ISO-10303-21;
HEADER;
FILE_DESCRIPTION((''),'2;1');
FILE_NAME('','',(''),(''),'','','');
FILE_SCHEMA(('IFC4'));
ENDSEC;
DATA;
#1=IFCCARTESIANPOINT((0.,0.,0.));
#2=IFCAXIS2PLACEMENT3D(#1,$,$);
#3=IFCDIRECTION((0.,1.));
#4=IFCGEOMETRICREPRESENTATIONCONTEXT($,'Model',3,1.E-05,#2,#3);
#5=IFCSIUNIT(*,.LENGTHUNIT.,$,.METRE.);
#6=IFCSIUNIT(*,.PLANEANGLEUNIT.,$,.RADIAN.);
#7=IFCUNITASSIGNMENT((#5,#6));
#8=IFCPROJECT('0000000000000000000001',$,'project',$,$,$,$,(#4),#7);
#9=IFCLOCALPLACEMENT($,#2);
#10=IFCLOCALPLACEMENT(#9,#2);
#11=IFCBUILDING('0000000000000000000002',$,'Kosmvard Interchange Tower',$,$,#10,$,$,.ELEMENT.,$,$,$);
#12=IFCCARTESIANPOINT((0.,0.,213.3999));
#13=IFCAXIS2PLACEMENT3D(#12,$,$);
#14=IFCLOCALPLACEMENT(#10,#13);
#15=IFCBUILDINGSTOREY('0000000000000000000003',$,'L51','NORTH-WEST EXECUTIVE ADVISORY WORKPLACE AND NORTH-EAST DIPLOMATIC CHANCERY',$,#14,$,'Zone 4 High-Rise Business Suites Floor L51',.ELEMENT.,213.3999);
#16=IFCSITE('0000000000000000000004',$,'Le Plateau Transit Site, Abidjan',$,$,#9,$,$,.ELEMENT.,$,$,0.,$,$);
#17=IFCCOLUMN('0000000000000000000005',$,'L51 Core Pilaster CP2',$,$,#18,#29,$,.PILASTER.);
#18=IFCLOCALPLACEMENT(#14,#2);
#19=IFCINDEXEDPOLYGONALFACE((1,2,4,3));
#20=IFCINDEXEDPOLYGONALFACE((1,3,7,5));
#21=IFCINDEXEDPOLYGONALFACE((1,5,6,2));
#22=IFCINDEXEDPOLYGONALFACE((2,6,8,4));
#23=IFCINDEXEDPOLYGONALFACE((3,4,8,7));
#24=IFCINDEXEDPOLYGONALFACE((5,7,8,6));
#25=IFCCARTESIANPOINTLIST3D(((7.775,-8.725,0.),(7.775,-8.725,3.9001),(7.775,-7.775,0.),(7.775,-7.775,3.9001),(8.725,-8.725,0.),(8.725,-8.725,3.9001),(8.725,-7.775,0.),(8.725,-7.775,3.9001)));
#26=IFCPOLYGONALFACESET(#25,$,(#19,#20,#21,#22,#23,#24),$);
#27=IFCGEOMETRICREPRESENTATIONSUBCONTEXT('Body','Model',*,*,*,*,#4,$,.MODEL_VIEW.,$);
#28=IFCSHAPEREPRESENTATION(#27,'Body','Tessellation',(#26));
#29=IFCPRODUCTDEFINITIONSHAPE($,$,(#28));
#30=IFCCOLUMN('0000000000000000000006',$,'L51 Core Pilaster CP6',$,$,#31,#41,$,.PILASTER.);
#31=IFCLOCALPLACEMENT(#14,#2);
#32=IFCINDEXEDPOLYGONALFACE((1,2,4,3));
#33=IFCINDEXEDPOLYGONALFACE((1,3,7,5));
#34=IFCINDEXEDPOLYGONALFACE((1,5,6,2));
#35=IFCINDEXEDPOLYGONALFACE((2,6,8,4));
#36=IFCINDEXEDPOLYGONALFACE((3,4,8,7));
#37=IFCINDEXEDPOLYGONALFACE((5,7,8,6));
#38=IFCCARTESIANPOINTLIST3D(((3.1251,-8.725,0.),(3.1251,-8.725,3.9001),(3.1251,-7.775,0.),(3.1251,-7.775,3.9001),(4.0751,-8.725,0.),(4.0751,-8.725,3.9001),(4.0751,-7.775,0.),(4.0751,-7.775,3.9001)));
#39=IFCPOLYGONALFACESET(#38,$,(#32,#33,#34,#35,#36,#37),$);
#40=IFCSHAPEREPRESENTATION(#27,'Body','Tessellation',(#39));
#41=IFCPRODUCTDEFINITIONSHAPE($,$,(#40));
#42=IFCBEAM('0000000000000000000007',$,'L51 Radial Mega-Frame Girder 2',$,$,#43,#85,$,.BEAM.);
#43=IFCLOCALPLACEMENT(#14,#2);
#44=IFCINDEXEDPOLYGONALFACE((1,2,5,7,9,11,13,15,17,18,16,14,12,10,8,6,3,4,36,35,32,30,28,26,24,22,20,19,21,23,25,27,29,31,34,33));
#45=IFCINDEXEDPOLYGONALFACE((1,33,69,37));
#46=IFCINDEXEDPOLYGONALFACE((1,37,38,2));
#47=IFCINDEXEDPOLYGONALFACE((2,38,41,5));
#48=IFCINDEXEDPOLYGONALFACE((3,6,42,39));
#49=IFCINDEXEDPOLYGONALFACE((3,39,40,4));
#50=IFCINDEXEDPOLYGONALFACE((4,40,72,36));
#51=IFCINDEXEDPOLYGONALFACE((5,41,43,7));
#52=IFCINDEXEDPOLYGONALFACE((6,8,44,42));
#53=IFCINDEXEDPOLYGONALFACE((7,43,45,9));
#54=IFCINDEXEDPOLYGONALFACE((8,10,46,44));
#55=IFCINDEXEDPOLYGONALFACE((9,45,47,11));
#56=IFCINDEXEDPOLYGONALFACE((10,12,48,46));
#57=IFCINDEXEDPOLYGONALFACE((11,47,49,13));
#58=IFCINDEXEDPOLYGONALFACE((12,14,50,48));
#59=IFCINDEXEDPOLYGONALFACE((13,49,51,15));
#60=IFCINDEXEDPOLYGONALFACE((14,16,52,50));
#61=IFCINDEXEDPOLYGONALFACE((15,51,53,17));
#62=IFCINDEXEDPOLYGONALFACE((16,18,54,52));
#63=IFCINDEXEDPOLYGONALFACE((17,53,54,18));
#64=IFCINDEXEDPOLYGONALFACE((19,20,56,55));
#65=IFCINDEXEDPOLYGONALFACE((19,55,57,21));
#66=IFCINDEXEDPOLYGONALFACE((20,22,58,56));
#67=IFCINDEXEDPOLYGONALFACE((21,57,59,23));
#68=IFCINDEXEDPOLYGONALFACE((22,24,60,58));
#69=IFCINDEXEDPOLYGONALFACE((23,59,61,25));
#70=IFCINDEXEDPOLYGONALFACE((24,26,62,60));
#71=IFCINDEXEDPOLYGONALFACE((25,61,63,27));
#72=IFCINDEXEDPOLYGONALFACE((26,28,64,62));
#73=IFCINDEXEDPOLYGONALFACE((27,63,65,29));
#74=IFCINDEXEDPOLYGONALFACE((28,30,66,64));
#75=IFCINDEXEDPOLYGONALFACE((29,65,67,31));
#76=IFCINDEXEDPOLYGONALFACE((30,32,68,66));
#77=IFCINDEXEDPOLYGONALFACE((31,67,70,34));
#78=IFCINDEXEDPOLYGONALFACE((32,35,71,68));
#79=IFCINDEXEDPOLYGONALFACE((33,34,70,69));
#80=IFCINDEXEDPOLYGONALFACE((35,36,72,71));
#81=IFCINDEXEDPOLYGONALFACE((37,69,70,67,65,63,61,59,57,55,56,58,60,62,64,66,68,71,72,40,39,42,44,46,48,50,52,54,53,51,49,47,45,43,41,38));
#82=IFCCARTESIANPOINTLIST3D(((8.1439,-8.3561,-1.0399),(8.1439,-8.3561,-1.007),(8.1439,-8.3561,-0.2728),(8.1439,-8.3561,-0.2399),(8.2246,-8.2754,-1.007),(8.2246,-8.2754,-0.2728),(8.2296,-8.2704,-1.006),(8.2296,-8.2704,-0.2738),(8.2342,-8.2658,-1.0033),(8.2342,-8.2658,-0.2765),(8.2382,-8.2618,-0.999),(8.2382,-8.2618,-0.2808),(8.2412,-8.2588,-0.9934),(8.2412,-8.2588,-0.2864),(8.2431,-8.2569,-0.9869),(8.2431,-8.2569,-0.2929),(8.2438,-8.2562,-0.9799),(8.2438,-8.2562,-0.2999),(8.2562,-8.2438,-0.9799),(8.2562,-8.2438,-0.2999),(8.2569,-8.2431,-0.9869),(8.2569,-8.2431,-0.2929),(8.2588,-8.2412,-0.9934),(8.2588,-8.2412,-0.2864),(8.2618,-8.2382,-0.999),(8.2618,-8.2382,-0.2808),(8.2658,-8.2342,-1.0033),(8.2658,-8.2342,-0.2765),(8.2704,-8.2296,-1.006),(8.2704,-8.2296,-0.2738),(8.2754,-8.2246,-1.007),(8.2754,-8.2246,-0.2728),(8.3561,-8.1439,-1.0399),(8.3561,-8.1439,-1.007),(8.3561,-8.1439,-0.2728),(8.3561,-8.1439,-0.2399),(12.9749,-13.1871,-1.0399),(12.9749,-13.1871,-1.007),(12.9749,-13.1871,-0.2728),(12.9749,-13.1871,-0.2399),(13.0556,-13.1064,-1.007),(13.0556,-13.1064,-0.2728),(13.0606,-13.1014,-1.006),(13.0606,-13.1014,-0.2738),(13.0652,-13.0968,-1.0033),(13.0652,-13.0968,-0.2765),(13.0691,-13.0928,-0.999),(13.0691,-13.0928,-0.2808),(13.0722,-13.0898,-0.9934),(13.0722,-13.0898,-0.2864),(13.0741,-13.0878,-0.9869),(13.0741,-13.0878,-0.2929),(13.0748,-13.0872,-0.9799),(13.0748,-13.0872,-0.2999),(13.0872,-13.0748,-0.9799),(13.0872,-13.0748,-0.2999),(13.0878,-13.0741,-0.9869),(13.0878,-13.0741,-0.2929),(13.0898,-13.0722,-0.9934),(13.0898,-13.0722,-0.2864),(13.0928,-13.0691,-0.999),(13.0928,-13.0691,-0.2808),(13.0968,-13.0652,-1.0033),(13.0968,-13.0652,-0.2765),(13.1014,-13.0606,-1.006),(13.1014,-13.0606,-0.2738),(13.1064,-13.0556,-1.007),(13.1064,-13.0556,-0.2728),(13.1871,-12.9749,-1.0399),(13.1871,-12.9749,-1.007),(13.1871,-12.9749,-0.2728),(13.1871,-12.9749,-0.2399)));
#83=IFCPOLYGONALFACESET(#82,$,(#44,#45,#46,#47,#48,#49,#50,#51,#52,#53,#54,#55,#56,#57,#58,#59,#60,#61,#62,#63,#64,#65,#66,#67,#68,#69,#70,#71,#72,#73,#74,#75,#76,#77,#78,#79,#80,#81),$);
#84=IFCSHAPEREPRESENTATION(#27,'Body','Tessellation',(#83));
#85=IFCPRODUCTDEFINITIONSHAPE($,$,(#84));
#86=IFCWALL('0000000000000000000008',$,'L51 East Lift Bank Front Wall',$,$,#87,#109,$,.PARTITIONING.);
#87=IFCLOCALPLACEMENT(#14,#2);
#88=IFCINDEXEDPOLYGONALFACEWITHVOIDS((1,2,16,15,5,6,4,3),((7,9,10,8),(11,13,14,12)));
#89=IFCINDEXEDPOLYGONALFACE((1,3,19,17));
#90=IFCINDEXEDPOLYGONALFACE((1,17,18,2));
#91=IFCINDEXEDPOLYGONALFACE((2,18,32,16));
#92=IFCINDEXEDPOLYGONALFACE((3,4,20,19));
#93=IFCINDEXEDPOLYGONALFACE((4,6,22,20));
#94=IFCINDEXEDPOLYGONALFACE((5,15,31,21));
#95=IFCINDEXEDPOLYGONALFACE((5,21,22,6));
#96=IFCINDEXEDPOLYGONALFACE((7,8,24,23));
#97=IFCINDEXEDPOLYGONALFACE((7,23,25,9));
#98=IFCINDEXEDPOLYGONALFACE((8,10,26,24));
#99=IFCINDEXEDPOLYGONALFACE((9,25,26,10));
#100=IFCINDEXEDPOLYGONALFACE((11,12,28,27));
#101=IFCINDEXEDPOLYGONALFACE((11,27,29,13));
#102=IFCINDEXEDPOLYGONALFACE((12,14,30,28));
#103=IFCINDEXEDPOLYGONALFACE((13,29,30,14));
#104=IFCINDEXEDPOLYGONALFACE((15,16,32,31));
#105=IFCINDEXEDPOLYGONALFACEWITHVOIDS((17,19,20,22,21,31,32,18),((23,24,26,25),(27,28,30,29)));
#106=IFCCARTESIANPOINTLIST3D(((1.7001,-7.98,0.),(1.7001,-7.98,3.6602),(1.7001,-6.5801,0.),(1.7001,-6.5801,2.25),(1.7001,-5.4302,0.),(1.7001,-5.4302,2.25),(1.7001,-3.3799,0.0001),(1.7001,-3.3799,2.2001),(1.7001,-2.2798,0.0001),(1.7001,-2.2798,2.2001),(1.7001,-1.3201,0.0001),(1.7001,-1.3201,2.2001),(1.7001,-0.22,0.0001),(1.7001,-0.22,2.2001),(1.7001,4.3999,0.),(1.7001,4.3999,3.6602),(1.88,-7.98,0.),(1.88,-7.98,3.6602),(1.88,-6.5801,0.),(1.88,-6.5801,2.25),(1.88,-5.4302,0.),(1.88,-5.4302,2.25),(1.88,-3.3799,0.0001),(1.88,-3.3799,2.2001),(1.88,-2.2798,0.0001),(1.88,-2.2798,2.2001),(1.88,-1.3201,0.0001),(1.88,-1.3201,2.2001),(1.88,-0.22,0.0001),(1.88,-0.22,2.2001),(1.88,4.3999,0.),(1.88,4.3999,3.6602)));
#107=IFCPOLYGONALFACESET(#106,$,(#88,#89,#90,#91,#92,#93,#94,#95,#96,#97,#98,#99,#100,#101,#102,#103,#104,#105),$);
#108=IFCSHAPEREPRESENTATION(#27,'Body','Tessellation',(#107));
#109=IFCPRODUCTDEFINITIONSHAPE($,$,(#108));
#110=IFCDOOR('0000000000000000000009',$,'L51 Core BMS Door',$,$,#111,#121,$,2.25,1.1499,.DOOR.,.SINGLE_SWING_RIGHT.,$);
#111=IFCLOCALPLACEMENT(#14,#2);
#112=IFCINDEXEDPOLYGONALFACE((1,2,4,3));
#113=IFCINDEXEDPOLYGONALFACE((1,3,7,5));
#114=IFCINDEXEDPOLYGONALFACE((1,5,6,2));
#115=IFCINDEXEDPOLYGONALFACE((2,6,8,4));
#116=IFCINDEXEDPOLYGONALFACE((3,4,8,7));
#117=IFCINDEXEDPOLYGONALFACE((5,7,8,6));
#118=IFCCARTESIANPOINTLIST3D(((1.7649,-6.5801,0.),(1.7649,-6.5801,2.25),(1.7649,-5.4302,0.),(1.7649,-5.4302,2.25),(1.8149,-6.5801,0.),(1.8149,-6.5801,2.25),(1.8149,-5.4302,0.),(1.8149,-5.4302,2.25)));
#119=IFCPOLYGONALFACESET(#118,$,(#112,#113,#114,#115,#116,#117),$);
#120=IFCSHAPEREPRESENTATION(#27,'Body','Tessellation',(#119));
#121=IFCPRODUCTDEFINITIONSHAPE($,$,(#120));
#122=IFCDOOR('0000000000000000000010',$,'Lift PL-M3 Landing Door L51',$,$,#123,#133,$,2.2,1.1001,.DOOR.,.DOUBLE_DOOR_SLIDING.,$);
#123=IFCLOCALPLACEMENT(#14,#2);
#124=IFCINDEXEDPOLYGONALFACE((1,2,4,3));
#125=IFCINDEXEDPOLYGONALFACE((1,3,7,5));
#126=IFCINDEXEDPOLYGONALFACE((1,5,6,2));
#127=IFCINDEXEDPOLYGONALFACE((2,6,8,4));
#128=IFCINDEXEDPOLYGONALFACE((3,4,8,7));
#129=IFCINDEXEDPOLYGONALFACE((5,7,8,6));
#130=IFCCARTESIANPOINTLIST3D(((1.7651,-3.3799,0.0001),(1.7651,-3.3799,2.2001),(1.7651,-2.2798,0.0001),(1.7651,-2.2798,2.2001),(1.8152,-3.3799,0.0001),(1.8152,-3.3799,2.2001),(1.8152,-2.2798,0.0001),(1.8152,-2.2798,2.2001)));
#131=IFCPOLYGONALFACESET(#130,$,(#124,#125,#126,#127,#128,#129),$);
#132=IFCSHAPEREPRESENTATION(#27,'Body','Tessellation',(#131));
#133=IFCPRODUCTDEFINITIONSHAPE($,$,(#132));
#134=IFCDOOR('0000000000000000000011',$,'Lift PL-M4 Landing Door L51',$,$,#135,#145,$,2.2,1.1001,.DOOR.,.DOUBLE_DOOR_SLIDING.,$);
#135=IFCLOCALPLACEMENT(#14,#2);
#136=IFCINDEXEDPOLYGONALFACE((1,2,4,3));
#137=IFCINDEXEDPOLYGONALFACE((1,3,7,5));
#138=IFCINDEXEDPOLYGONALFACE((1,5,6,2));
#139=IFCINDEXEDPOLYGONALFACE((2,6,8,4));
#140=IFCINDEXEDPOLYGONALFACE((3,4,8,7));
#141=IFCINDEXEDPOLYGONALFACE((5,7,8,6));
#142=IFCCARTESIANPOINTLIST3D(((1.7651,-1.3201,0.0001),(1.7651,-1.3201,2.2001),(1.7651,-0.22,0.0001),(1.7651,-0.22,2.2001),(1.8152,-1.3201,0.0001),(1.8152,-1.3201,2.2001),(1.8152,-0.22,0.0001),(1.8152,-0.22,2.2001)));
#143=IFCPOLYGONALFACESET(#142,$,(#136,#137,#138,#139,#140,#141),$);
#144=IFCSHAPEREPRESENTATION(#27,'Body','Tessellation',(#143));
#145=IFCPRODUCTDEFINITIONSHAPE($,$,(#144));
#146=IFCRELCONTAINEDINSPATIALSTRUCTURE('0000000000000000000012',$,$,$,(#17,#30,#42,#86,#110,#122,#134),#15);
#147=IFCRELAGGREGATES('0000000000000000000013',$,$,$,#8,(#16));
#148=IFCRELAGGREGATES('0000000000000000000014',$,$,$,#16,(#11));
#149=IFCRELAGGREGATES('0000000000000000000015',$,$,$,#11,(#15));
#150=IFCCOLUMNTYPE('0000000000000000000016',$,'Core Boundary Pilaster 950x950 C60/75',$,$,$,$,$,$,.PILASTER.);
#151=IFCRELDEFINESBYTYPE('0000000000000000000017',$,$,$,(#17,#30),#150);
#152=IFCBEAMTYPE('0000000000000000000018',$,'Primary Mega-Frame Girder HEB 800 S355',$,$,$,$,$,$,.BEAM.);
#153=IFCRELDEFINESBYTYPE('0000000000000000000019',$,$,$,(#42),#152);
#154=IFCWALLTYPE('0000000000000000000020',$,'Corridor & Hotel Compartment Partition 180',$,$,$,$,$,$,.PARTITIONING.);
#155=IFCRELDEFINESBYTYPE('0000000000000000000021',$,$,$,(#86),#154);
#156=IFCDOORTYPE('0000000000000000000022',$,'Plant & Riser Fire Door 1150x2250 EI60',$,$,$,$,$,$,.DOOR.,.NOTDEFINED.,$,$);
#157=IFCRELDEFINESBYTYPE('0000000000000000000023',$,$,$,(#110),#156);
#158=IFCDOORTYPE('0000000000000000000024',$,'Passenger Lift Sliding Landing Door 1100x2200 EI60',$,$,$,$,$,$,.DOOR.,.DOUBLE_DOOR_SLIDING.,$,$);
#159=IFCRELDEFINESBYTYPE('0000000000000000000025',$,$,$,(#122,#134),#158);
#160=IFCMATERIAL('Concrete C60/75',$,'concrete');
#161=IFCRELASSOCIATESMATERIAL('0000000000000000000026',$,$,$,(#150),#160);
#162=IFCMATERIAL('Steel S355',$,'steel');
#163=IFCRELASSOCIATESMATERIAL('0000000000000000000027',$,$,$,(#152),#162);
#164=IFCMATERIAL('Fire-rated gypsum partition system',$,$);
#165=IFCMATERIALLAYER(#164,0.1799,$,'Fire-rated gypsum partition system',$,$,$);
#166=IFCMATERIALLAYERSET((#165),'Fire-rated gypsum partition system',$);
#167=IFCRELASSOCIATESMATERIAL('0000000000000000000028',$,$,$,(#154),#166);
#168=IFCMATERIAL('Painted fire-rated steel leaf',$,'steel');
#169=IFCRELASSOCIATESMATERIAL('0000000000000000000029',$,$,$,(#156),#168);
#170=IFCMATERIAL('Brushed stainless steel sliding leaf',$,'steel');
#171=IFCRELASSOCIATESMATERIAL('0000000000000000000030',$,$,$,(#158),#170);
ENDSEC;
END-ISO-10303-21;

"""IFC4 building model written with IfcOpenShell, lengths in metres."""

from ifc_helpers import new_model, si_unit, direction, frame, frame_2d, origin, origin_2d, place, context, subcontext, project, spatial, rectangle, i_section, extrude, source, transform, mapped, material, layer, layer_set, material_profile, profile_set, type_object, element, fill, save


model = new_model("IFC4")

# Units and contexts
model_context = context("Model", 3, precision=1e-05, world=origin(), true_north=direction((0.0, 1.0)))
body_context = subcontext(model_context, "Body", "Model", "MODEL_VIEW")
ifc_project = project(units=[si_unit("LENGTHUNIT", "METRE"), si_unit("PLANEANGLEUNIT", "RADIAN")], contexts=[model_context])

# Site, building, storey
site_placement = place(None, origin())
site = spatial("IfcSite", under=ifc_project, at=site_placement, Name="Le Plateau Transit Site, Abidjan", CompositionType="ELEMENT", RefElevation=0.0)
building_placement = place(site_placement, origin())
building = spatial("IfcBuilding", under=site, at=building_placement, Name="Kosmvard Interchange Tower", CompositionType="ELEMENT")
storey_placement = place(building_placement, frame((0.0, 0.0, 213.3999)))
storey = spatial("IfcBuildingStorey", under=building, at=storey_placement, Name="L51", Description="NORTH-WEST EXECUTIVE ADVISORY WORKPLACE AND NORTH-EAST DIPLOMATIC CHANCERY", LongName="Zone 4 High-Rise Business Suites Floor L51", CompositionType="ELEMENT", Elevation=213.3999)

# Columns
ifc_material_1 = material(Name="Concrete C60/75", Category="concrete")
ifc_material_profile_1 = material_profile(ifc_material_1, rectangle(XDim=0.95, YDim=0.95, at=origin_2d()), Name="CP 950x950")
ifc_profile_set_1 = profile_set([ifc_material_profile_1], Name="Concrete C60/75")
column_type = type_object("IfcColumnType", Name="Core Boundary Pilaster 950x950 C60/75", PredefinedType="PILASTER", material=ifc_profile_set_1)
shared_shape_1 = source(origin(), body_context, "Body", "SweptSolid", [
    extrude(rectangle(XDim=0.95, YDim=0.95, at=origin_2d()), origin(), (0.0, 0.0, 1.0), 3.9001),
])
for number, where, z_axis, x_axis, name in (
    (1, (8.25, -8.25, 0.0), (0.0, 0.0, 1.0), (1.0, 0.0, 0.0), "L51 Core Pilaster CP2"),
    (2, (3.6001, -8.25, 0.0), (0.0, 0.0, 1.0), (1.0, 0.0, 0.0), "L51 Core Pilaster CP6"),
):
    element("IfcColumn", number, at=place(storey_placement, frame(where, z_axis=z_axis, x_axis=x_axis)), inside=storey, type_object=column_type, Name=name, PredefinedType="PILASTER", context=body_context, shape_type="MappedRepresentation", body=[
        mapped(shared_shape_1, transform((0.0, 0.0, 0.0), scale=1.0)),
    ])

# Beam
ifc_material_2 = material(Name="Steel S355", Category="steel")
ifc_material_profile_2 = material_profile(ifc_material_2, i_section(OverallWidth=0.3, OverallDepth=0.8, WebThickness=0.0176, FlangeThickness=0.033, FilletRadius=0.0271, at=origin_2d()), Name="HEB 800")
ifc_profile_set_2 = profile_set([ifc_material_profile_2], Name="Steel S355")
beam_type = type_object("IfcBeamType", Name="Primary Mega-Frame Girder HEB 800 S355", PredefinedType="BEAM", material=ifc_profile_set_2)
shared_shape_2 = source(origin(), body_context, "Body", "SweptSolid", [
    extrude(i_section(OverallWidth=0.3, OverallDepth=0.8, WebThickness=0.0176, FlangeThickness=0.033, FilletRadius=0.0271, at=origin_2d()), origin(), (0.0, 0.0, 1.0), 6.832),
])
beam_placement = place(storey_placement, frame((8.25, -8.25, -0.6399), z_axis=(0.707107, -0.707107, 0.0), x_axis=(0.707107, 0.707107, 0.0)))
element("IfcBeam", 3, at=beam_placement, inside=storey, type_object=beam_type, Name="L51 Radial Mega-Frame Girder 2", PredefinedType="BEAM", context=body_context, shape_type="MappedRepresentation", body=[
    mapped(shared_shape_2, transform((0.0, 0.0, 0.0), scale=1.0)),
])

# Wall, openings, doors
ifc_material_3 = material(Name="Fire-rated gypsum partition system")
ifc_layer_1 = layer(ifc_material_3, 0.1799, Name="Fire-rated gypsum partition system")
ifc_layer_set_1 = layer_set([ifc_layer_1], Name="Fire-rated gypsum partition system")
wall_type_1 = type_object("IfcWallType", Name="Corridor & Hotel Compartment Partition 180", PredefinedType="PARTITIONING", material=ifc_layer_set_1)
wall_1_placement = place(storey_placement, frame((1.79, -7.98, 0.0), z_axis=(0.0, 0.0, 1.0), x_axis=(0.0, 1.0, 0.0)))
wall_1 = element("IfcWall", 4, at=wall_1_placement, inside=storey, type_object=wall_type_1, Name="L51 East Lift Bank Front Wall", PredefinedType="PARTITIONING", context=body_context, shape_type="SweptSolid", body=[
    extrude(rectangle(XDim=12.3799, YDim=0.1799, at=frame_2d((6.1899, 0.0))), origin(), (0.0, 0.0, 1.0), 3.6602),
])
opening_1_placement = place(wall_1_placement, frame((4.6001, 0.0, 0.0)))
opening_1 = element("IfcOpeningElement", 5, at=opening_1_placement, cuts=wall_1, PredefinedType="OPENING", context=body_context, shape_type="SweptSolid", body=[
    extrude(rectangle(XDim=1.1001, YDim=2.2, at=frame_2d((0.55, 1.1001))), frame((0.0, 0.1001, 0.0), z_axis=(0.0, -1.0, 0.0), x_axis=(1.0, 0.0, 0.0)), (0.0, 0.0, 1.0), 0.2),
])
opening_2_placement = place(wall_1_placement, frame((6.6599, 0.0, 0.0)))
opening_2 = element("IfcOpeningElement", 6, at=opening_2_placement, cuts=wall_1, PredefinedType="OPENING", context=body_context, shape_type="SweptSolid", body=[
    extrude(rectangle(XDim=1.1001, YDim=2.2, at=frame_2d((0.55, 1.1001))), frame((0.0, 0.1001, 0.0), z_axis=(0.0, -1.0, 0.0), x_axis=(1.0, 0.0, 0.0)), (0.0, 0.0, 1.0), 0.2),
])
opening_3_placement = place(wall_1_placement, frame((1.3999, 0.0, 0.0)))
opening_3 = element("IfcOpeningElement", 7, at=opening_3_placement, cuts=wall_1, PredefinedType="OPENING", context=body_context, shape_type="SweptSolid", body=[
    extrude(rectangle(XDim=1.1499, YDim=2.25, at=frame_2d((0.575, 1.125))), frame((0.0, 0.1001, 0.0), z_axis=(0.0, -1.0, 0.0), x_axis=(1.0, 0.0, 0.0)), (0.0, 0.0, 1.0), 0.2),
])
ifc_material_4 = material(Name="Painted fire-rated steel leaf", Category="steel")
door_type_1 = type_object("IfcDoorType", Name="Plant & Riser Fire Door 1150x2250 EI60", OperationType="NOTDEFINED", PredefinedType="DOOR", material=ifc_material_4)
shared_shape_3 = source(origin(), body_context, "Body", "SweptSolid", [
    extrude(rectangle(XDim=1.1499, YDim=2.25, at=frame_2d((0.575, 1.125))), frame((0.0, 0.0249, 0.0), z_axis=(0.0, -1.0, 0.0), x_axis=(1.0, 0.0, 0.0)), (0.0, 0.0, 1.0), 0.05),
])
door_1_placement = place(opening_3_placement, frame((1.1499, 0.0, 0.0), z_axis=(0.0, 0.0, 1.0), x_axis=(-1.0, 0.0, 0.0)))
door_1 = element("IfcDoor", 8, at=door_1_placement, inside=storey, type_object=door_type_1, Name="L51 Core BMS Door", OperationType="SINGLE_SWING_RIGHT", OverallHeight=2.25, OverallWidth=1.1499, PredefinedType="DOOR", context=body_context, shape_type="MappedRepresentation", body=[
    mapped(shared_shape_3, transform((0.0, 0.0, 0.0), scale=1.0)),
])
fill(opening_3, door_1)
ifc_material_5 = material(Name="Brushed stainless steel sliding leaf", Category="steel")
door_type_2 = type_object("IfcDoorType", Name="Passenger Lift Sliding Landing Door 1100x2200 EI60", OperationType="DOUBLE_DOOR_SLIDING", PredefinedType="DOOR", material=ifc_material_5)
shared_shape_4 = source(origin(), body_context, "Body", "SweptSolid", [
    extrude(rectangle(XDim=1.1001, YDim=2.2, at=frame_2d((0.55, 1.1001))), frame((0.0, 0.0249, 0.0), z_axis=(0.0, -1.0, 0.0), x_axis=(1.0, 0.0, 0.0)), (0.0, 0.0, 1.0), 0.05),
])
door_2_placement = place(opening_1_placement, origin())
door_2 = element("IfcDoor", 9, at=door_2_placement, inside=storey, type_object=door_type_2, Name="Lift PL-M3 Landing Door L51", OperationType="DOUBLE_DOOR_SLIDING", OverallHeight=2.2, OverallWidth=1.1001, PredefinedType="DOOR", context=body_context, shape_type="MappedRepresentation", body=[
    mapped(shared_shape_4, transform((0.0, 0.0, 0.0), scale=1.0)),
])
fill(opening_1, door_2)
door_3_placement = place(opening_2_placement, origin())
door_3 = element("IfcDoor", 10, at=door_3_placement, inside=storey, type_object=door_type_2, Name="Lift PL-M4 Landing Door L51", OperationType="DOUBLE_DOOR_SLIDING", OverallHeight=2.2, OverallWidth=1.1001, PredefinedType="DOOR", context=body_context, shape_type="MappedRepresentation", body=[
    mapped(shared_shape_4, transform((0.0, 0.0, 0.0), scale=1.0)),
])
fill(opening_2, door_3)

save(model, "model.ifc")
